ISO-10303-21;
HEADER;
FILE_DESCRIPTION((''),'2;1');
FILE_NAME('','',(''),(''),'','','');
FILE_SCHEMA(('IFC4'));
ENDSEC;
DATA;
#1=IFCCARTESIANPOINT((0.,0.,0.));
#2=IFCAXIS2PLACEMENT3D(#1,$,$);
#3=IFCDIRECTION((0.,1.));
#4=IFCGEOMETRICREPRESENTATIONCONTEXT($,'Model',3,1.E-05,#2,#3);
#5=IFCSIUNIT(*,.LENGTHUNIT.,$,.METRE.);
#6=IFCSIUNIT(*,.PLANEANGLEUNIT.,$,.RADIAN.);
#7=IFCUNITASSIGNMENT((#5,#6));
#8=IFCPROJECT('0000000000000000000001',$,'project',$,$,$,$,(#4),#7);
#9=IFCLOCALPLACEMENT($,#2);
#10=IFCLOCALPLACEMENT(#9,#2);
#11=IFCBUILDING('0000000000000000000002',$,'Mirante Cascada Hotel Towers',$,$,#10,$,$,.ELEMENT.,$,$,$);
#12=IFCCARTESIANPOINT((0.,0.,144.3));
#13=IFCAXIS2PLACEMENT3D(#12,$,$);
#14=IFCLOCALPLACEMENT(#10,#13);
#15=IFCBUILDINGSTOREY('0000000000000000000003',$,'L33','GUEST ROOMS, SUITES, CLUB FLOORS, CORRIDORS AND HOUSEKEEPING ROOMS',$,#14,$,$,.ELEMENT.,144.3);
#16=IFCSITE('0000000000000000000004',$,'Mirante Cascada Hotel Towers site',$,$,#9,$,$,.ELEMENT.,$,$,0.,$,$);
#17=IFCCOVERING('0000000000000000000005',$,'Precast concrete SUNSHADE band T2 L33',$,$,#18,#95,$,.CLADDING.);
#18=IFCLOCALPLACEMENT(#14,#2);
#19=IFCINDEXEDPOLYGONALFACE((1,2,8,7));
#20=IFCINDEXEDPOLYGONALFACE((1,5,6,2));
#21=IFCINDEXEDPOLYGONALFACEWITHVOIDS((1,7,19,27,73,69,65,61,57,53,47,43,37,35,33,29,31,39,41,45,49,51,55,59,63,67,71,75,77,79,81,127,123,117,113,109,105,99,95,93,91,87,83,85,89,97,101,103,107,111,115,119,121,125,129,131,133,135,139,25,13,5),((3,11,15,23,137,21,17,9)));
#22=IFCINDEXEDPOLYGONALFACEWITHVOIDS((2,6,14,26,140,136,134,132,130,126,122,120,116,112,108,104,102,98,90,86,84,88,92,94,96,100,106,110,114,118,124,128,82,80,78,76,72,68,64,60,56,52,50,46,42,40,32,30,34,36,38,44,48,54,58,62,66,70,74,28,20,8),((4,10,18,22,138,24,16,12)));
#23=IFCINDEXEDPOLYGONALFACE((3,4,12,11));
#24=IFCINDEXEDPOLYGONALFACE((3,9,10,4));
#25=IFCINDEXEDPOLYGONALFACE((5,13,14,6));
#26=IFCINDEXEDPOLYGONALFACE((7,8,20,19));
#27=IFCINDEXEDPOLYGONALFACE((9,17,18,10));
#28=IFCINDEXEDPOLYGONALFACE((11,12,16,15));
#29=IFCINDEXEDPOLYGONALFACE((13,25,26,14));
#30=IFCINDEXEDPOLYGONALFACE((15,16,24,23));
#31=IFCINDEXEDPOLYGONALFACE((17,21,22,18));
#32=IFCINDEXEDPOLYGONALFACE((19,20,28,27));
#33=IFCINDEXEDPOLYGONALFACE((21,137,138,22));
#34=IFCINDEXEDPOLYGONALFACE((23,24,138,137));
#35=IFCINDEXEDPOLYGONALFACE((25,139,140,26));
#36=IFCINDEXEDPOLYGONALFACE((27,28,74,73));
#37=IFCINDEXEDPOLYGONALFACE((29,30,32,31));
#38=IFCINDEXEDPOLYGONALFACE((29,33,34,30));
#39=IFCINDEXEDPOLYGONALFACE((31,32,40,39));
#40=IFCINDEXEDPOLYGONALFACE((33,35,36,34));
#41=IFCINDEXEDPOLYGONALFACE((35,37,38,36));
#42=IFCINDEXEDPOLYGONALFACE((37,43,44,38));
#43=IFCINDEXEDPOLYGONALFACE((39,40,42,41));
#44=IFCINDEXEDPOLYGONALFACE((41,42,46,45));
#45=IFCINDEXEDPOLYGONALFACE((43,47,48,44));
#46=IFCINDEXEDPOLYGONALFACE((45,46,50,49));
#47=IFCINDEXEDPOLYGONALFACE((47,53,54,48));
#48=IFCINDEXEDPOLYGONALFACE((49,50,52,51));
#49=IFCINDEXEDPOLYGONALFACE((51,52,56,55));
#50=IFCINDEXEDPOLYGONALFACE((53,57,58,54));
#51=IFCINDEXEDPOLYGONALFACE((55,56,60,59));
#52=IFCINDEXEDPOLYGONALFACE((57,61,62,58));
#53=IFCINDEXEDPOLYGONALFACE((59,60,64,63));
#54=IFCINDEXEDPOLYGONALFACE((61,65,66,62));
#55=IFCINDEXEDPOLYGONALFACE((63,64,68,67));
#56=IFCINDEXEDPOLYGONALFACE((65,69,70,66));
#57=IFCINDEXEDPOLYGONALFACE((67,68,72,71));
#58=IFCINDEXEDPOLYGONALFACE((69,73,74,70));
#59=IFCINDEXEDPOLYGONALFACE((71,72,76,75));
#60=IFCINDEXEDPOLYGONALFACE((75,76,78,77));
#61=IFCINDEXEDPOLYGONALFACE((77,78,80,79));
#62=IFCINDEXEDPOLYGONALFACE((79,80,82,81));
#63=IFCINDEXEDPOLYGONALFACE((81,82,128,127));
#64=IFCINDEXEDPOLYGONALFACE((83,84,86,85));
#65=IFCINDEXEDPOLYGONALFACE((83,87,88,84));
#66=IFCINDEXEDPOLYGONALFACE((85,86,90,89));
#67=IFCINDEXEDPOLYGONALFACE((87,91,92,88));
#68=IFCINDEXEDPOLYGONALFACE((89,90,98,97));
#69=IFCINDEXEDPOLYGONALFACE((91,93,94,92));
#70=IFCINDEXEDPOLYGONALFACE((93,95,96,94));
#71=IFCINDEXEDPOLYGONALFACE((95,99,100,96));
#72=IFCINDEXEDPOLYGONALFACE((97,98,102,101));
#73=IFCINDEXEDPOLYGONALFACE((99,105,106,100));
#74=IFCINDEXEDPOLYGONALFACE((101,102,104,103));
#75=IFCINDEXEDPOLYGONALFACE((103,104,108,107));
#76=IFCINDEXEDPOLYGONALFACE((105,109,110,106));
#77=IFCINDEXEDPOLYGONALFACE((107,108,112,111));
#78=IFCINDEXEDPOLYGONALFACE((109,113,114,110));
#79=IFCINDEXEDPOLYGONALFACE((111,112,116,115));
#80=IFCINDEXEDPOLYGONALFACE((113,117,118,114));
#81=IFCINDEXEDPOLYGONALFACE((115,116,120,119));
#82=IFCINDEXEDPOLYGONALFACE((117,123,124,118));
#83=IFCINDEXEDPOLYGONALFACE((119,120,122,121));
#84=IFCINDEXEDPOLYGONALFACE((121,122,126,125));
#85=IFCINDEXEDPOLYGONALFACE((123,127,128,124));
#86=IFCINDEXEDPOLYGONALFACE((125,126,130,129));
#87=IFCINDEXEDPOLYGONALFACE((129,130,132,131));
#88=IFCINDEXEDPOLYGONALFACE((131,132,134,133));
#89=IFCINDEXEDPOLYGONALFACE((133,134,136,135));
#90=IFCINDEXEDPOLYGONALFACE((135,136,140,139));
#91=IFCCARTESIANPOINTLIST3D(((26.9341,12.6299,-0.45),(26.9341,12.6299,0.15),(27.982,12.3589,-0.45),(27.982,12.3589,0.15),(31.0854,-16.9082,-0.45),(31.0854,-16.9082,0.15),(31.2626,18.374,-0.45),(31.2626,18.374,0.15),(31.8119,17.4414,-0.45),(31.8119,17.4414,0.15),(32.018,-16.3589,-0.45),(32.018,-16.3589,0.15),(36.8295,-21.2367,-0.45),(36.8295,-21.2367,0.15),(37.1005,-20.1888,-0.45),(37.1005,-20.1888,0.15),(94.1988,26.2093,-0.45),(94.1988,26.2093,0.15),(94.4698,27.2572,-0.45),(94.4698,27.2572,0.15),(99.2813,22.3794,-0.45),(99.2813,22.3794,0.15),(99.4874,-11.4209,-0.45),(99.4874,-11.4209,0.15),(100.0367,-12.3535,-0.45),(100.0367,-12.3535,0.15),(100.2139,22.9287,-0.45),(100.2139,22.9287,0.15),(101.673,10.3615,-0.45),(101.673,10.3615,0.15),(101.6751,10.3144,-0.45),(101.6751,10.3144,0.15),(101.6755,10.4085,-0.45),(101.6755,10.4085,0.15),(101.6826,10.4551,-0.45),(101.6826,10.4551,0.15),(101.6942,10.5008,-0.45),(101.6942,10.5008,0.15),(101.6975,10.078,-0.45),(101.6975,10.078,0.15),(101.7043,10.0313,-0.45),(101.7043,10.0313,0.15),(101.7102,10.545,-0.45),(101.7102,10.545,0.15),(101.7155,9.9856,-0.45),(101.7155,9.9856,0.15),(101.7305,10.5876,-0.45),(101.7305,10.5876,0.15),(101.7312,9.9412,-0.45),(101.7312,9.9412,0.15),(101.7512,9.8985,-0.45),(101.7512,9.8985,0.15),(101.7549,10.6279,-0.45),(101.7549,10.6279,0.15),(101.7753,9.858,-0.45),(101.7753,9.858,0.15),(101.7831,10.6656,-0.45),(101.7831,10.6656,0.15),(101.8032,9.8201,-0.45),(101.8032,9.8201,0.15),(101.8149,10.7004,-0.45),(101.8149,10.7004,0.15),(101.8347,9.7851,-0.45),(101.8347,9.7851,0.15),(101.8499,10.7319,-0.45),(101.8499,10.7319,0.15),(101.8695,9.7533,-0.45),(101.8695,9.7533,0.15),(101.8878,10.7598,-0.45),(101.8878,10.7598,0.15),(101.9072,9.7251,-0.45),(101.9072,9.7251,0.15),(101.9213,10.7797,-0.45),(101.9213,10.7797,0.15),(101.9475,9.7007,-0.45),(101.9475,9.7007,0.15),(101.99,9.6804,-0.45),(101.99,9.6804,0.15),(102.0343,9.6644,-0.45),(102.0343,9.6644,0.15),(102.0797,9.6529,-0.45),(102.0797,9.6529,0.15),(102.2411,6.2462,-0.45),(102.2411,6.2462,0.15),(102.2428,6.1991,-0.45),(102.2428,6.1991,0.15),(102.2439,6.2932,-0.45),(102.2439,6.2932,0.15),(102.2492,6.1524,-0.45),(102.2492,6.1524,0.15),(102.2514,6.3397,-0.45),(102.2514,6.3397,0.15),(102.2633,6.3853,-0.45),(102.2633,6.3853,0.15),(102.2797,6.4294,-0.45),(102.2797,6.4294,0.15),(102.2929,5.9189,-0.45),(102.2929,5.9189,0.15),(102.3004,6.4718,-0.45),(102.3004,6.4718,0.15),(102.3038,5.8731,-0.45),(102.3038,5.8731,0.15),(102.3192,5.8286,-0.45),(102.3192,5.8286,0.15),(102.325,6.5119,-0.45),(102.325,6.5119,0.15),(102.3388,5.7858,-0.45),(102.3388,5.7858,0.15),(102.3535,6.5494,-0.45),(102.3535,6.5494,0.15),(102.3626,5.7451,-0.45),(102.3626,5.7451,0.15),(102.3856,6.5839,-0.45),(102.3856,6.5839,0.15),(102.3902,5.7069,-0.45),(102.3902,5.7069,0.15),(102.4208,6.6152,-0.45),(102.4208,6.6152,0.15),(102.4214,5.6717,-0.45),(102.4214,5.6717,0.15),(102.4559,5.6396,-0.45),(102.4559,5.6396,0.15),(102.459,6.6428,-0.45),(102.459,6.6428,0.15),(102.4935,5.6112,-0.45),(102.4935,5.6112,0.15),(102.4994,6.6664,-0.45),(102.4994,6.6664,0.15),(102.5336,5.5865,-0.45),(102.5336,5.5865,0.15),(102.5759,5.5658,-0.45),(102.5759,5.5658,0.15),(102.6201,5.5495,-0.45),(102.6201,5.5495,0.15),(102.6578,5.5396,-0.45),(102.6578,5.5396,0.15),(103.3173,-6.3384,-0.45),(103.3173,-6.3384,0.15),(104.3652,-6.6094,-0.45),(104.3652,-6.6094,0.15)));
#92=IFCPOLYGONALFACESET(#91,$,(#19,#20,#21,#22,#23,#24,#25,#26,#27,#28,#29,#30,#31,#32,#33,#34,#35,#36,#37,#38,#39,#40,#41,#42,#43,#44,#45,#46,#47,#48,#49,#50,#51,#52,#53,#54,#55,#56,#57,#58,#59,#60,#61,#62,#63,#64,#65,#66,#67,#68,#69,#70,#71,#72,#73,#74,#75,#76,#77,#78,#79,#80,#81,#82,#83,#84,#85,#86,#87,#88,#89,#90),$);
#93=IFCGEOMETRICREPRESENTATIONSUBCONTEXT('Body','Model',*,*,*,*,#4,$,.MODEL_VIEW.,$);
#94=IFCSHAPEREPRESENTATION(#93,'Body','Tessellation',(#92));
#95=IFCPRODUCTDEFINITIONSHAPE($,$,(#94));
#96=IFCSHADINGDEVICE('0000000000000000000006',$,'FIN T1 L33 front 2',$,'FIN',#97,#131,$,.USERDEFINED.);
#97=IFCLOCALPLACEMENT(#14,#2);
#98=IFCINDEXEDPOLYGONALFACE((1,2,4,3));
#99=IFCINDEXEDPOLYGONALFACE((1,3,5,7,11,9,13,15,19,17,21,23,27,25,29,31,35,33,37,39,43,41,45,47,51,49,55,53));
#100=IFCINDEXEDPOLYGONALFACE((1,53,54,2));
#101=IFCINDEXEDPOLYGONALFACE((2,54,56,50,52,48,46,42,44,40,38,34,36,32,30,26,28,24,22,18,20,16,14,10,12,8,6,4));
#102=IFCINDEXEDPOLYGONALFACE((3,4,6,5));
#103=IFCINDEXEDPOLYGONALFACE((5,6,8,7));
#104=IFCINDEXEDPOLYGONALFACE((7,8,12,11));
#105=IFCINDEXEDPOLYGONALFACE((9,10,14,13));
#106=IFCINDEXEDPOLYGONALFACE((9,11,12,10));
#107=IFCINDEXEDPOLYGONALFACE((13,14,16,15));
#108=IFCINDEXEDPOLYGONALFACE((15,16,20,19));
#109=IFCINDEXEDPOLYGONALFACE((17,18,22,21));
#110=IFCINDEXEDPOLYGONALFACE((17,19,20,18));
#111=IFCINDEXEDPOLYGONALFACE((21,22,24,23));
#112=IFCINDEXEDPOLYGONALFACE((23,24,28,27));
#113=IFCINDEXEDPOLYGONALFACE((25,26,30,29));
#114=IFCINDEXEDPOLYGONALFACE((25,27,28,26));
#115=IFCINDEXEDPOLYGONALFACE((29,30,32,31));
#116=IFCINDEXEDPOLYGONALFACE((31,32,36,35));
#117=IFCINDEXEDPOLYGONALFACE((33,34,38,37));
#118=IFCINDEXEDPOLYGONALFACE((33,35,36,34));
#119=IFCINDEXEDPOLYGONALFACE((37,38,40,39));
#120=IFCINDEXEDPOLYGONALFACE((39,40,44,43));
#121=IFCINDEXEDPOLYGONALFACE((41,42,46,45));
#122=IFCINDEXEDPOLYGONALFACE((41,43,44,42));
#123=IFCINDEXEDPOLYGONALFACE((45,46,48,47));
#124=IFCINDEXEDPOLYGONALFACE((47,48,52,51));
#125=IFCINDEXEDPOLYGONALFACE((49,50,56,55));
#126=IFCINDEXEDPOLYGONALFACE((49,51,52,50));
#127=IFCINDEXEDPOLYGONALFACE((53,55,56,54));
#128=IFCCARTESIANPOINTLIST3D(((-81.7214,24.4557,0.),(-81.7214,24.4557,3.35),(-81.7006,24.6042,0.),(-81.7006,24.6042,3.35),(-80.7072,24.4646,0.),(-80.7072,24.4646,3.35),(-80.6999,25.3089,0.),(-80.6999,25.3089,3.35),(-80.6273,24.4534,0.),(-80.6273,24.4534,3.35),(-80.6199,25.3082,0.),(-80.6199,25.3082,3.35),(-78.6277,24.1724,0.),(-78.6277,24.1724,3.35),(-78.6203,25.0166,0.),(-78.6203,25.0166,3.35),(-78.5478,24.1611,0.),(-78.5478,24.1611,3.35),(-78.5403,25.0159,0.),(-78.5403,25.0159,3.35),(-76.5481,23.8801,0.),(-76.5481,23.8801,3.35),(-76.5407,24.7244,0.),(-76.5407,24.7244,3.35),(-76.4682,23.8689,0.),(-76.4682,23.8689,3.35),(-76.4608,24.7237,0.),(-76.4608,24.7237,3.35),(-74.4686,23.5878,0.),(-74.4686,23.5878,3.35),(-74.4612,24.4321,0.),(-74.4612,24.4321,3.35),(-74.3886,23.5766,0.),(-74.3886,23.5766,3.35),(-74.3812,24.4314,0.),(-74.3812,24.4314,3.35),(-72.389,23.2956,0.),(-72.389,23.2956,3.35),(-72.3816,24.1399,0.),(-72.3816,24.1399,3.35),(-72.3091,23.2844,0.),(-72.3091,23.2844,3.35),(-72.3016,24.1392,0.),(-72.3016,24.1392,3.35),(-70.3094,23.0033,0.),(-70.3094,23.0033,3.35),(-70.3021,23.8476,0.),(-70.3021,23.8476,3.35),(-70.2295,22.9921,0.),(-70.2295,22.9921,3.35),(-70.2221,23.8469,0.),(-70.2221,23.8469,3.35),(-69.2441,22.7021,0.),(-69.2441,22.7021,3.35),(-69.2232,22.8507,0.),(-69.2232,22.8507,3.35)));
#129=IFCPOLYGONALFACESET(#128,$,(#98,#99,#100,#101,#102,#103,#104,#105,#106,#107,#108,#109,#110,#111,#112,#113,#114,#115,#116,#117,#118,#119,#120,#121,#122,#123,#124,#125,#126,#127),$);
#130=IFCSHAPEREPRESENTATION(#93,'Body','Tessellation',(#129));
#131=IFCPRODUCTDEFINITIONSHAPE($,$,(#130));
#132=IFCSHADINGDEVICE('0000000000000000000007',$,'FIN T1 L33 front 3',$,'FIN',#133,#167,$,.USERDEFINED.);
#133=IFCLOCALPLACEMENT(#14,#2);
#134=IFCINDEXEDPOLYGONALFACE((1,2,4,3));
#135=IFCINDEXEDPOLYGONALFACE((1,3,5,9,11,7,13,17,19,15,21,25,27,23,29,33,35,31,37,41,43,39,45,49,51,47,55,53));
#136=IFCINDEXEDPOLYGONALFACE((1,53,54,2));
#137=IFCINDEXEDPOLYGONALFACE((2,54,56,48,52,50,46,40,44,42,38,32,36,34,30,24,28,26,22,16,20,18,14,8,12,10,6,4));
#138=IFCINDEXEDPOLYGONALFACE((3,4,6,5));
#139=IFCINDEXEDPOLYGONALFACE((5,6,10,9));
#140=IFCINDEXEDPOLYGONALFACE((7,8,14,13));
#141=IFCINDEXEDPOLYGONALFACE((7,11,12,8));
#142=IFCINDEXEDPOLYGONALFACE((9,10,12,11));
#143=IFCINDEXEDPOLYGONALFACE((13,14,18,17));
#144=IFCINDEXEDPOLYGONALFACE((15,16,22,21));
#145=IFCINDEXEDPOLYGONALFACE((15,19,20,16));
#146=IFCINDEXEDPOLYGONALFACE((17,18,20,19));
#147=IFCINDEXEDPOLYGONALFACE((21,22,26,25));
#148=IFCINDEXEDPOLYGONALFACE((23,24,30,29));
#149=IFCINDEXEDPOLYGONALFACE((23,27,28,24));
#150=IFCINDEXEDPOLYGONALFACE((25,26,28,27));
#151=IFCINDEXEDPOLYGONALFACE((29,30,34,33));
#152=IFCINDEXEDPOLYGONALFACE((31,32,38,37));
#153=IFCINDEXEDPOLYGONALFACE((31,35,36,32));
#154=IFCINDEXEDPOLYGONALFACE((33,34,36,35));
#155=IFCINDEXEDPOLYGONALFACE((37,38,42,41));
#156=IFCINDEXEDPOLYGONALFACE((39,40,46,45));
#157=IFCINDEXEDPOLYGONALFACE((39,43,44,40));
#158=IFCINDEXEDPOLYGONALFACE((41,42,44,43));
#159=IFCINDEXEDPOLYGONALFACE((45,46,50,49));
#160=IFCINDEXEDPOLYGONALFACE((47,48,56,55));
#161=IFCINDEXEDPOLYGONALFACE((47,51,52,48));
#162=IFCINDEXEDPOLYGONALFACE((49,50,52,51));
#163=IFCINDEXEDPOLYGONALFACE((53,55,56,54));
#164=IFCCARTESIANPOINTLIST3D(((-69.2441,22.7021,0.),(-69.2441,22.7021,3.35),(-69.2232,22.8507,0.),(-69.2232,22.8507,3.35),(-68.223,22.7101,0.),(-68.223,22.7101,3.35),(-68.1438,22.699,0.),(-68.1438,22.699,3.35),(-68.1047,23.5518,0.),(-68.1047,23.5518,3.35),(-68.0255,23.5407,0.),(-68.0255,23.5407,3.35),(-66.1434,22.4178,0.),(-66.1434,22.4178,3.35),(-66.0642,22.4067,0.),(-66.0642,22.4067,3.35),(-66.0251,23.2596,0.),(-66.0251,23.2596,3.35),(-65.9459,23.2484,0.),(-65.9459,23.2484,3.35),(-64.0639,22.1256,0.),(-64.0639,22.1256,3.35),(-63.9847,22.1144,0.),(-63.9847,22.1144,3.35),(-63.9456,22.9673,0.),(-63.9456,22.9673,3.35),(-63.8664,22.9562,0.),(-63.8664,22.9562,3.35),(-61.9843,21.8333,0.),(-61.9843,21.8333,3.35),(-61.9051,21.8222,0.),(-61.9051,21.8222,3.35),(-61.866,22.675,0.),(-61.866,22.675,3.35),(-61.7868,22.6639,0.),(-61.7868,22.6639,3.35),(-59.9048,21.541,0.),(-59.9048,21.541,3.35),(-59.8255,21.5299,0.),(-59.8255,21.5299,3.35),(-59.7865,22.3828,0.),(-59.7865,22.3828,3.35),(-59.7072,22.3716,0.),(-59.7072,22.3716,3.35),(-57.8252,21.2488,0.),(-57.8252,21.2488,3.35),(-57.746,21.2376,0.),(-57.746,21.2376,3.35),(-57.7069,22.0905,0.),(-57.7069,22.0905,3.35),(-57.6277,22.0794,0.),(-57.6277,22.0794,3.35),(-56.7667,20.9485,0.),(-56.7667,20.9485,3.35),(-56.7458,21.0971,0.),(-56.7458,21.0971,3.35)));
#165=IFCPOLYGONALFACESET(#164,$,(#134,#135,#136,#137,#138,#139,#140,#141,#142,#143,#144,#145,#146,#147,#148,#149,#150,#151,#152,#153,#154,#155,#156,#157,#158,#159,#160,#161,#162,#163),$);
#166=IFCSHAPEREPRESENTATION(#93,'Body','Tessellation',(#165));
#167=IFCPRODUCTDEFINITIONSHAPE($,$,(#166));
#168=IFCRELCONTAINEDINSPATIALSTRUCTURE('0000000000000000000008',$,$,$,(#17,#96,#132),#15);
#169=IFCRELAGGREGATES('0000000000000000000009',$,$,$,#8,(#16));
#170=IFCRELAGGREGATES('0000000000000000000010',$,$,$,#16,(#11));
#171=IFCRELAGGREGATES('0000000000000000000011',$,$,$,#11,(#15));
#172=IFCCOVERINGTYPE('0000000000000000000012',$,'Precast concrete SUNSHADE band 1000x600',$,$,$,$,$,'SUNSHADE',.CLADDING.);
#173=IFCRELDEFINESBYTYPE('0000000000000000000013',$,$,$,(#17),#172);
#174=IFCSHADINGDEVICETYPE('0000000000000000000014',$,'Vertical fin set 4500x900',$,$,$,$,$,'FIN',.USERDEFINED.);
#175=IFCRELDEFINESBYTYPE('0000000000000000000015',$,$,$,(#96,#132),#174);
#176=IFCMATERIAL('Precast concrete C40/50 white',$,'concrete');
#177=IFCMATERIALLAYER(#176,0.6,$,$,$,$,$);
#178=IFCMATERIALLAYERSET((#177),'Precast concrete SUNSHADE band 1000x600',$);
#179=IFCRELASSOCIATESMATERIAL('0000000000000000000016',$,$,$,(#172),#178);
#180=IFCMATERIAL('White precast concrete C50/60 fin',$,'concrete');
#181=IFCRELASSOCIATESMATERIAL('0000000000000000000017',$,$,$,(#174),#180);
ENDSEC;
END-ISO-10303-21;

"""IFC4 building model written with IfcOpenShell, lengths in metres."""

from ifc_helpers import new_model, si_unit, direction, frame, origin, place, context, subcontext, project, spatial, polyline, outline, extrude, material, layer, layer_set, type_object, element, save


model = new_model("IFC4")

# Units and contexts
model_context = context("Model", 3, precision=1e-05, world=origin(), true_north=direction((0.0, 1.0)))
body_context = subcontext(model_context, "Body", "Model", "MODEL_VIEW")
ifc_project = project(units=[si_unit("LENGTHUNIT", "METRE"), si_unit("PLANEANGLEUNIT", "RADIAN")], contexts=[model_context])

# Site, building, storey
site_placement = place(None, origin())
site = spatial("IfcSite", under=ifc_project, at=site_placement, Name="Mirante Cascada Hotel Towers site", CompositionType="ELEMENT", RefElevation=0.0)
building_placement = place(site_placement, origin())
building = spatial("IfcBuilding", under=site, at=building_placement, Name="Mirante Cascada Hotel Towers", CompositionType="ELEMENT")
storey_placement = place(building_placement, frame((0.0, 0.0, 144.3)))
storey = spatial("IfcBuildingStorey", under=building, at=storey_placement, Name="L33", Description="GUEST ROOMS, SUITES, CLUB FLOORS, CORRIDORS AND HOUSEKEEPING ROOMS", CompositionType="ELEMENT", Elevation=144.3)

# Covering
ifc_material_1 = material(Name="Precast concrete C40/50 white", Category="concrete")
ifc_layer_1 = layer(ifc_material_1, 0.6)
ifc_layer_set_1 = layer_set([ifc_layer_1], Name="Precast concrete SUNSHADE band 1000x600")
covering_type = type_object("IfcCoveringType", Name="Precast concrete SUNSHADE band 1000x600", ElementType="SUNSHADE", PredefinedType="CLADDING", material=ifc_layer_set_1)
covering_placement = place(storey_placement, frame((0.0, 0.0, -0.45)))
element("IfcCovering", 1, at=covering_placement, inside=storey, type_object=covering_type, Name="Precast concrete SUNSHADE band T2 L33", PredefinedType="CLADDING", context=body_context, shape_type="SweptSolid", body=[
    extrude(outline(polyline([(26.9341, 12.6299), (31.2626, 18.374), (94.4698, 27.2572), (100.2139, 22.9287), (101.9213, 10.7797), (101.8878, 10.7598), (101.8499, 10.7319), (101.8149, 10.7004), (101.7831, 10.6656), (101.7549, 10.6279), (101.7305, 10.5876), (101.7102, 10.545), (101.6942, 10.5008), (101.6826, 10.4551), (101.6755, 10.4085), (101.673, 10.3615), (101.6751, 10.3144), (101.6975, 10.078), (101.7043, 10.0313), (101.7155, 9.9856), (101.7312, 9.9412), (101.7512, 9.8985), (101.7753, 9.858), (101.8032, 9.8201), (101.8347, 9.7851), (101.8695, 9.7533), (101.9072, 9.7251), (101.9475, 9.7007), (101.99, 9.6804), (102.0343, 9.6644), (102.0797, 9.6529), (102.4994, 6.6664), (102.459, 6.6428), (102.4208, 6.6152), (102.3856, 6.5839), (102.3535, 6.5494), (102.325, 6.5119), (102.3004, 6.4718), (102.2797, 6.4294), (102.2633, 6.3853), (102.2514, 6.3397), (102.2439, 6.2932), (102.2411, 6.2462), (102.2428, 6.1991), (102.2492, 6.1524), (102.2929, 5.9189), (102.3038, 5.8731), (102.3192, 5.8286), (102.3388, 5.7858), (102.3626, 5.7451), (102.3902, 5.7069), (102.4214, 5.6717), (102.4559, 5.6396), (102.4935, 5.6112), (102.5336, 5.5865), (102.5759, 5.5658), (102.6201, 5.5495), (102.6578, 5.5396), (104.3652, -6.6094), (100.0367, -12.3535), (36.8295, -21.2367), (31.0854, -16.9082), (26.9341, 12.6299)]), holes=[polyline([(103.3173, -6.3384), (99.2813, 22.3794), (94.1988, 26.2093), (31.8119, 17.4414), (27.982, 12.3589), (32.018, -16.3589), (37.1005, -20.1888), (99.4874, -11.4209), (103.3173, -6.3384)])]), origin(), (0.0, 0.0, 1.0), 0.6),
])

# Shading devices
ifc_material_2 = material(Name="White precast concrete C50/60 fin", Category="concrete")
shading_device_type = type_object("IfcShadingDeviceType", Name="Vertical fin set 4500x900", ElementType="FIN", PredefinedType="USERDEFINED", material=ifc_material_2)
shading_device_1_placement = place(storey_placement, origin())
element("IfcShadingDevice", 2, at=shading_device_1_placement, inside=storey, type_object=shading_device_type, Name="FIN T1 L33 front 2", ObjectType="FIN", PredefinedType="USERDEFINED", context=body_context, shape_type="SweptSolid", body=[
    extrude(outline(polyline([(-70.2221, 23.8469), (-70.2295, 22.9921), (-69.2232, 22.8507), (-69.2441, 22.7021), (-81.7214, 24.4557), (-81.7006, 24.6042), (-80.7072, 24.4646), (-80.6999, 25.3089), (-80.6199, 25.3082), (-80.6273, 24.4534), (-78.6277, 24.1724), (-78.6203, 25.0166), (-78.5403, 25.0159), (-78.5478, 24.1611), (-76.5481, 23.8801), (-76.5407, 24.7244), (-76.4608, 24.7237), (-76.4682, 23.8689), (-74.4686, 23.5878), (-74.4612, 24.4321), (-74.3812, 24.4314), (-74.3886, 23.5766), (-72.389, 23.2956), (-72.3816, 24.1399), (-72.3016, 24.1392), (-72.3091, 23.2844), (-70.3094, 23.0033), (-70.3021, 23.8476), (-70.2221, 23.8469)])), origin(), (0.0, 0.0, 1.0), 3.35),
])
shading_device_2_placement = place(storey_placement, origin())
element("IfcShadingDevice", 3, at=shading_device_2_placement, inside=storey, type_object=shading_device_type, Name="FIN T1 L33 front 3", ObjectType="FIN", PredefinedType="USERDEFINED", context=body_context, shape_type="SweptSolid", body=[
    extrude(outline(polyline([(-57.6277, 22.0794), (-57.746, 21.2376), (-56.7458, 21.0971), (-56.7667, 20.9485), (-69.2441, 22.7021), (-69.2232, 22.8507), (-68.223, 22.7101), (-68.1047, 23.5518), (-68.0255, 23.5407), (-68.1438, 22.699), (-66.1434, 22.4178), (-66.0251, 23.2596), (-65.9459, 23.2484), (-66.0642, 22.4067), (-64.0639, 22.1256), (-63.9456, 22.9673), (-63.8664, 22.9562), (-63.9847, 22.1144), (-61.9843, 21.8333), (-61.866, 22.675), (-61.7868, 22.6639), (-61.9051, 21.8222), (-59.9048, 21.541), (-59.7865, 22.3828), (-59.7072, 22.3716), (-59.8255, 21.5299), (-57.8252, 21.2488), (-57.7069, 22.0905), (-57.6277, 22.0794)])), origin(), (0.0, 0.0, 1.0), 3.35),
])

save(model, "model.ifc")
